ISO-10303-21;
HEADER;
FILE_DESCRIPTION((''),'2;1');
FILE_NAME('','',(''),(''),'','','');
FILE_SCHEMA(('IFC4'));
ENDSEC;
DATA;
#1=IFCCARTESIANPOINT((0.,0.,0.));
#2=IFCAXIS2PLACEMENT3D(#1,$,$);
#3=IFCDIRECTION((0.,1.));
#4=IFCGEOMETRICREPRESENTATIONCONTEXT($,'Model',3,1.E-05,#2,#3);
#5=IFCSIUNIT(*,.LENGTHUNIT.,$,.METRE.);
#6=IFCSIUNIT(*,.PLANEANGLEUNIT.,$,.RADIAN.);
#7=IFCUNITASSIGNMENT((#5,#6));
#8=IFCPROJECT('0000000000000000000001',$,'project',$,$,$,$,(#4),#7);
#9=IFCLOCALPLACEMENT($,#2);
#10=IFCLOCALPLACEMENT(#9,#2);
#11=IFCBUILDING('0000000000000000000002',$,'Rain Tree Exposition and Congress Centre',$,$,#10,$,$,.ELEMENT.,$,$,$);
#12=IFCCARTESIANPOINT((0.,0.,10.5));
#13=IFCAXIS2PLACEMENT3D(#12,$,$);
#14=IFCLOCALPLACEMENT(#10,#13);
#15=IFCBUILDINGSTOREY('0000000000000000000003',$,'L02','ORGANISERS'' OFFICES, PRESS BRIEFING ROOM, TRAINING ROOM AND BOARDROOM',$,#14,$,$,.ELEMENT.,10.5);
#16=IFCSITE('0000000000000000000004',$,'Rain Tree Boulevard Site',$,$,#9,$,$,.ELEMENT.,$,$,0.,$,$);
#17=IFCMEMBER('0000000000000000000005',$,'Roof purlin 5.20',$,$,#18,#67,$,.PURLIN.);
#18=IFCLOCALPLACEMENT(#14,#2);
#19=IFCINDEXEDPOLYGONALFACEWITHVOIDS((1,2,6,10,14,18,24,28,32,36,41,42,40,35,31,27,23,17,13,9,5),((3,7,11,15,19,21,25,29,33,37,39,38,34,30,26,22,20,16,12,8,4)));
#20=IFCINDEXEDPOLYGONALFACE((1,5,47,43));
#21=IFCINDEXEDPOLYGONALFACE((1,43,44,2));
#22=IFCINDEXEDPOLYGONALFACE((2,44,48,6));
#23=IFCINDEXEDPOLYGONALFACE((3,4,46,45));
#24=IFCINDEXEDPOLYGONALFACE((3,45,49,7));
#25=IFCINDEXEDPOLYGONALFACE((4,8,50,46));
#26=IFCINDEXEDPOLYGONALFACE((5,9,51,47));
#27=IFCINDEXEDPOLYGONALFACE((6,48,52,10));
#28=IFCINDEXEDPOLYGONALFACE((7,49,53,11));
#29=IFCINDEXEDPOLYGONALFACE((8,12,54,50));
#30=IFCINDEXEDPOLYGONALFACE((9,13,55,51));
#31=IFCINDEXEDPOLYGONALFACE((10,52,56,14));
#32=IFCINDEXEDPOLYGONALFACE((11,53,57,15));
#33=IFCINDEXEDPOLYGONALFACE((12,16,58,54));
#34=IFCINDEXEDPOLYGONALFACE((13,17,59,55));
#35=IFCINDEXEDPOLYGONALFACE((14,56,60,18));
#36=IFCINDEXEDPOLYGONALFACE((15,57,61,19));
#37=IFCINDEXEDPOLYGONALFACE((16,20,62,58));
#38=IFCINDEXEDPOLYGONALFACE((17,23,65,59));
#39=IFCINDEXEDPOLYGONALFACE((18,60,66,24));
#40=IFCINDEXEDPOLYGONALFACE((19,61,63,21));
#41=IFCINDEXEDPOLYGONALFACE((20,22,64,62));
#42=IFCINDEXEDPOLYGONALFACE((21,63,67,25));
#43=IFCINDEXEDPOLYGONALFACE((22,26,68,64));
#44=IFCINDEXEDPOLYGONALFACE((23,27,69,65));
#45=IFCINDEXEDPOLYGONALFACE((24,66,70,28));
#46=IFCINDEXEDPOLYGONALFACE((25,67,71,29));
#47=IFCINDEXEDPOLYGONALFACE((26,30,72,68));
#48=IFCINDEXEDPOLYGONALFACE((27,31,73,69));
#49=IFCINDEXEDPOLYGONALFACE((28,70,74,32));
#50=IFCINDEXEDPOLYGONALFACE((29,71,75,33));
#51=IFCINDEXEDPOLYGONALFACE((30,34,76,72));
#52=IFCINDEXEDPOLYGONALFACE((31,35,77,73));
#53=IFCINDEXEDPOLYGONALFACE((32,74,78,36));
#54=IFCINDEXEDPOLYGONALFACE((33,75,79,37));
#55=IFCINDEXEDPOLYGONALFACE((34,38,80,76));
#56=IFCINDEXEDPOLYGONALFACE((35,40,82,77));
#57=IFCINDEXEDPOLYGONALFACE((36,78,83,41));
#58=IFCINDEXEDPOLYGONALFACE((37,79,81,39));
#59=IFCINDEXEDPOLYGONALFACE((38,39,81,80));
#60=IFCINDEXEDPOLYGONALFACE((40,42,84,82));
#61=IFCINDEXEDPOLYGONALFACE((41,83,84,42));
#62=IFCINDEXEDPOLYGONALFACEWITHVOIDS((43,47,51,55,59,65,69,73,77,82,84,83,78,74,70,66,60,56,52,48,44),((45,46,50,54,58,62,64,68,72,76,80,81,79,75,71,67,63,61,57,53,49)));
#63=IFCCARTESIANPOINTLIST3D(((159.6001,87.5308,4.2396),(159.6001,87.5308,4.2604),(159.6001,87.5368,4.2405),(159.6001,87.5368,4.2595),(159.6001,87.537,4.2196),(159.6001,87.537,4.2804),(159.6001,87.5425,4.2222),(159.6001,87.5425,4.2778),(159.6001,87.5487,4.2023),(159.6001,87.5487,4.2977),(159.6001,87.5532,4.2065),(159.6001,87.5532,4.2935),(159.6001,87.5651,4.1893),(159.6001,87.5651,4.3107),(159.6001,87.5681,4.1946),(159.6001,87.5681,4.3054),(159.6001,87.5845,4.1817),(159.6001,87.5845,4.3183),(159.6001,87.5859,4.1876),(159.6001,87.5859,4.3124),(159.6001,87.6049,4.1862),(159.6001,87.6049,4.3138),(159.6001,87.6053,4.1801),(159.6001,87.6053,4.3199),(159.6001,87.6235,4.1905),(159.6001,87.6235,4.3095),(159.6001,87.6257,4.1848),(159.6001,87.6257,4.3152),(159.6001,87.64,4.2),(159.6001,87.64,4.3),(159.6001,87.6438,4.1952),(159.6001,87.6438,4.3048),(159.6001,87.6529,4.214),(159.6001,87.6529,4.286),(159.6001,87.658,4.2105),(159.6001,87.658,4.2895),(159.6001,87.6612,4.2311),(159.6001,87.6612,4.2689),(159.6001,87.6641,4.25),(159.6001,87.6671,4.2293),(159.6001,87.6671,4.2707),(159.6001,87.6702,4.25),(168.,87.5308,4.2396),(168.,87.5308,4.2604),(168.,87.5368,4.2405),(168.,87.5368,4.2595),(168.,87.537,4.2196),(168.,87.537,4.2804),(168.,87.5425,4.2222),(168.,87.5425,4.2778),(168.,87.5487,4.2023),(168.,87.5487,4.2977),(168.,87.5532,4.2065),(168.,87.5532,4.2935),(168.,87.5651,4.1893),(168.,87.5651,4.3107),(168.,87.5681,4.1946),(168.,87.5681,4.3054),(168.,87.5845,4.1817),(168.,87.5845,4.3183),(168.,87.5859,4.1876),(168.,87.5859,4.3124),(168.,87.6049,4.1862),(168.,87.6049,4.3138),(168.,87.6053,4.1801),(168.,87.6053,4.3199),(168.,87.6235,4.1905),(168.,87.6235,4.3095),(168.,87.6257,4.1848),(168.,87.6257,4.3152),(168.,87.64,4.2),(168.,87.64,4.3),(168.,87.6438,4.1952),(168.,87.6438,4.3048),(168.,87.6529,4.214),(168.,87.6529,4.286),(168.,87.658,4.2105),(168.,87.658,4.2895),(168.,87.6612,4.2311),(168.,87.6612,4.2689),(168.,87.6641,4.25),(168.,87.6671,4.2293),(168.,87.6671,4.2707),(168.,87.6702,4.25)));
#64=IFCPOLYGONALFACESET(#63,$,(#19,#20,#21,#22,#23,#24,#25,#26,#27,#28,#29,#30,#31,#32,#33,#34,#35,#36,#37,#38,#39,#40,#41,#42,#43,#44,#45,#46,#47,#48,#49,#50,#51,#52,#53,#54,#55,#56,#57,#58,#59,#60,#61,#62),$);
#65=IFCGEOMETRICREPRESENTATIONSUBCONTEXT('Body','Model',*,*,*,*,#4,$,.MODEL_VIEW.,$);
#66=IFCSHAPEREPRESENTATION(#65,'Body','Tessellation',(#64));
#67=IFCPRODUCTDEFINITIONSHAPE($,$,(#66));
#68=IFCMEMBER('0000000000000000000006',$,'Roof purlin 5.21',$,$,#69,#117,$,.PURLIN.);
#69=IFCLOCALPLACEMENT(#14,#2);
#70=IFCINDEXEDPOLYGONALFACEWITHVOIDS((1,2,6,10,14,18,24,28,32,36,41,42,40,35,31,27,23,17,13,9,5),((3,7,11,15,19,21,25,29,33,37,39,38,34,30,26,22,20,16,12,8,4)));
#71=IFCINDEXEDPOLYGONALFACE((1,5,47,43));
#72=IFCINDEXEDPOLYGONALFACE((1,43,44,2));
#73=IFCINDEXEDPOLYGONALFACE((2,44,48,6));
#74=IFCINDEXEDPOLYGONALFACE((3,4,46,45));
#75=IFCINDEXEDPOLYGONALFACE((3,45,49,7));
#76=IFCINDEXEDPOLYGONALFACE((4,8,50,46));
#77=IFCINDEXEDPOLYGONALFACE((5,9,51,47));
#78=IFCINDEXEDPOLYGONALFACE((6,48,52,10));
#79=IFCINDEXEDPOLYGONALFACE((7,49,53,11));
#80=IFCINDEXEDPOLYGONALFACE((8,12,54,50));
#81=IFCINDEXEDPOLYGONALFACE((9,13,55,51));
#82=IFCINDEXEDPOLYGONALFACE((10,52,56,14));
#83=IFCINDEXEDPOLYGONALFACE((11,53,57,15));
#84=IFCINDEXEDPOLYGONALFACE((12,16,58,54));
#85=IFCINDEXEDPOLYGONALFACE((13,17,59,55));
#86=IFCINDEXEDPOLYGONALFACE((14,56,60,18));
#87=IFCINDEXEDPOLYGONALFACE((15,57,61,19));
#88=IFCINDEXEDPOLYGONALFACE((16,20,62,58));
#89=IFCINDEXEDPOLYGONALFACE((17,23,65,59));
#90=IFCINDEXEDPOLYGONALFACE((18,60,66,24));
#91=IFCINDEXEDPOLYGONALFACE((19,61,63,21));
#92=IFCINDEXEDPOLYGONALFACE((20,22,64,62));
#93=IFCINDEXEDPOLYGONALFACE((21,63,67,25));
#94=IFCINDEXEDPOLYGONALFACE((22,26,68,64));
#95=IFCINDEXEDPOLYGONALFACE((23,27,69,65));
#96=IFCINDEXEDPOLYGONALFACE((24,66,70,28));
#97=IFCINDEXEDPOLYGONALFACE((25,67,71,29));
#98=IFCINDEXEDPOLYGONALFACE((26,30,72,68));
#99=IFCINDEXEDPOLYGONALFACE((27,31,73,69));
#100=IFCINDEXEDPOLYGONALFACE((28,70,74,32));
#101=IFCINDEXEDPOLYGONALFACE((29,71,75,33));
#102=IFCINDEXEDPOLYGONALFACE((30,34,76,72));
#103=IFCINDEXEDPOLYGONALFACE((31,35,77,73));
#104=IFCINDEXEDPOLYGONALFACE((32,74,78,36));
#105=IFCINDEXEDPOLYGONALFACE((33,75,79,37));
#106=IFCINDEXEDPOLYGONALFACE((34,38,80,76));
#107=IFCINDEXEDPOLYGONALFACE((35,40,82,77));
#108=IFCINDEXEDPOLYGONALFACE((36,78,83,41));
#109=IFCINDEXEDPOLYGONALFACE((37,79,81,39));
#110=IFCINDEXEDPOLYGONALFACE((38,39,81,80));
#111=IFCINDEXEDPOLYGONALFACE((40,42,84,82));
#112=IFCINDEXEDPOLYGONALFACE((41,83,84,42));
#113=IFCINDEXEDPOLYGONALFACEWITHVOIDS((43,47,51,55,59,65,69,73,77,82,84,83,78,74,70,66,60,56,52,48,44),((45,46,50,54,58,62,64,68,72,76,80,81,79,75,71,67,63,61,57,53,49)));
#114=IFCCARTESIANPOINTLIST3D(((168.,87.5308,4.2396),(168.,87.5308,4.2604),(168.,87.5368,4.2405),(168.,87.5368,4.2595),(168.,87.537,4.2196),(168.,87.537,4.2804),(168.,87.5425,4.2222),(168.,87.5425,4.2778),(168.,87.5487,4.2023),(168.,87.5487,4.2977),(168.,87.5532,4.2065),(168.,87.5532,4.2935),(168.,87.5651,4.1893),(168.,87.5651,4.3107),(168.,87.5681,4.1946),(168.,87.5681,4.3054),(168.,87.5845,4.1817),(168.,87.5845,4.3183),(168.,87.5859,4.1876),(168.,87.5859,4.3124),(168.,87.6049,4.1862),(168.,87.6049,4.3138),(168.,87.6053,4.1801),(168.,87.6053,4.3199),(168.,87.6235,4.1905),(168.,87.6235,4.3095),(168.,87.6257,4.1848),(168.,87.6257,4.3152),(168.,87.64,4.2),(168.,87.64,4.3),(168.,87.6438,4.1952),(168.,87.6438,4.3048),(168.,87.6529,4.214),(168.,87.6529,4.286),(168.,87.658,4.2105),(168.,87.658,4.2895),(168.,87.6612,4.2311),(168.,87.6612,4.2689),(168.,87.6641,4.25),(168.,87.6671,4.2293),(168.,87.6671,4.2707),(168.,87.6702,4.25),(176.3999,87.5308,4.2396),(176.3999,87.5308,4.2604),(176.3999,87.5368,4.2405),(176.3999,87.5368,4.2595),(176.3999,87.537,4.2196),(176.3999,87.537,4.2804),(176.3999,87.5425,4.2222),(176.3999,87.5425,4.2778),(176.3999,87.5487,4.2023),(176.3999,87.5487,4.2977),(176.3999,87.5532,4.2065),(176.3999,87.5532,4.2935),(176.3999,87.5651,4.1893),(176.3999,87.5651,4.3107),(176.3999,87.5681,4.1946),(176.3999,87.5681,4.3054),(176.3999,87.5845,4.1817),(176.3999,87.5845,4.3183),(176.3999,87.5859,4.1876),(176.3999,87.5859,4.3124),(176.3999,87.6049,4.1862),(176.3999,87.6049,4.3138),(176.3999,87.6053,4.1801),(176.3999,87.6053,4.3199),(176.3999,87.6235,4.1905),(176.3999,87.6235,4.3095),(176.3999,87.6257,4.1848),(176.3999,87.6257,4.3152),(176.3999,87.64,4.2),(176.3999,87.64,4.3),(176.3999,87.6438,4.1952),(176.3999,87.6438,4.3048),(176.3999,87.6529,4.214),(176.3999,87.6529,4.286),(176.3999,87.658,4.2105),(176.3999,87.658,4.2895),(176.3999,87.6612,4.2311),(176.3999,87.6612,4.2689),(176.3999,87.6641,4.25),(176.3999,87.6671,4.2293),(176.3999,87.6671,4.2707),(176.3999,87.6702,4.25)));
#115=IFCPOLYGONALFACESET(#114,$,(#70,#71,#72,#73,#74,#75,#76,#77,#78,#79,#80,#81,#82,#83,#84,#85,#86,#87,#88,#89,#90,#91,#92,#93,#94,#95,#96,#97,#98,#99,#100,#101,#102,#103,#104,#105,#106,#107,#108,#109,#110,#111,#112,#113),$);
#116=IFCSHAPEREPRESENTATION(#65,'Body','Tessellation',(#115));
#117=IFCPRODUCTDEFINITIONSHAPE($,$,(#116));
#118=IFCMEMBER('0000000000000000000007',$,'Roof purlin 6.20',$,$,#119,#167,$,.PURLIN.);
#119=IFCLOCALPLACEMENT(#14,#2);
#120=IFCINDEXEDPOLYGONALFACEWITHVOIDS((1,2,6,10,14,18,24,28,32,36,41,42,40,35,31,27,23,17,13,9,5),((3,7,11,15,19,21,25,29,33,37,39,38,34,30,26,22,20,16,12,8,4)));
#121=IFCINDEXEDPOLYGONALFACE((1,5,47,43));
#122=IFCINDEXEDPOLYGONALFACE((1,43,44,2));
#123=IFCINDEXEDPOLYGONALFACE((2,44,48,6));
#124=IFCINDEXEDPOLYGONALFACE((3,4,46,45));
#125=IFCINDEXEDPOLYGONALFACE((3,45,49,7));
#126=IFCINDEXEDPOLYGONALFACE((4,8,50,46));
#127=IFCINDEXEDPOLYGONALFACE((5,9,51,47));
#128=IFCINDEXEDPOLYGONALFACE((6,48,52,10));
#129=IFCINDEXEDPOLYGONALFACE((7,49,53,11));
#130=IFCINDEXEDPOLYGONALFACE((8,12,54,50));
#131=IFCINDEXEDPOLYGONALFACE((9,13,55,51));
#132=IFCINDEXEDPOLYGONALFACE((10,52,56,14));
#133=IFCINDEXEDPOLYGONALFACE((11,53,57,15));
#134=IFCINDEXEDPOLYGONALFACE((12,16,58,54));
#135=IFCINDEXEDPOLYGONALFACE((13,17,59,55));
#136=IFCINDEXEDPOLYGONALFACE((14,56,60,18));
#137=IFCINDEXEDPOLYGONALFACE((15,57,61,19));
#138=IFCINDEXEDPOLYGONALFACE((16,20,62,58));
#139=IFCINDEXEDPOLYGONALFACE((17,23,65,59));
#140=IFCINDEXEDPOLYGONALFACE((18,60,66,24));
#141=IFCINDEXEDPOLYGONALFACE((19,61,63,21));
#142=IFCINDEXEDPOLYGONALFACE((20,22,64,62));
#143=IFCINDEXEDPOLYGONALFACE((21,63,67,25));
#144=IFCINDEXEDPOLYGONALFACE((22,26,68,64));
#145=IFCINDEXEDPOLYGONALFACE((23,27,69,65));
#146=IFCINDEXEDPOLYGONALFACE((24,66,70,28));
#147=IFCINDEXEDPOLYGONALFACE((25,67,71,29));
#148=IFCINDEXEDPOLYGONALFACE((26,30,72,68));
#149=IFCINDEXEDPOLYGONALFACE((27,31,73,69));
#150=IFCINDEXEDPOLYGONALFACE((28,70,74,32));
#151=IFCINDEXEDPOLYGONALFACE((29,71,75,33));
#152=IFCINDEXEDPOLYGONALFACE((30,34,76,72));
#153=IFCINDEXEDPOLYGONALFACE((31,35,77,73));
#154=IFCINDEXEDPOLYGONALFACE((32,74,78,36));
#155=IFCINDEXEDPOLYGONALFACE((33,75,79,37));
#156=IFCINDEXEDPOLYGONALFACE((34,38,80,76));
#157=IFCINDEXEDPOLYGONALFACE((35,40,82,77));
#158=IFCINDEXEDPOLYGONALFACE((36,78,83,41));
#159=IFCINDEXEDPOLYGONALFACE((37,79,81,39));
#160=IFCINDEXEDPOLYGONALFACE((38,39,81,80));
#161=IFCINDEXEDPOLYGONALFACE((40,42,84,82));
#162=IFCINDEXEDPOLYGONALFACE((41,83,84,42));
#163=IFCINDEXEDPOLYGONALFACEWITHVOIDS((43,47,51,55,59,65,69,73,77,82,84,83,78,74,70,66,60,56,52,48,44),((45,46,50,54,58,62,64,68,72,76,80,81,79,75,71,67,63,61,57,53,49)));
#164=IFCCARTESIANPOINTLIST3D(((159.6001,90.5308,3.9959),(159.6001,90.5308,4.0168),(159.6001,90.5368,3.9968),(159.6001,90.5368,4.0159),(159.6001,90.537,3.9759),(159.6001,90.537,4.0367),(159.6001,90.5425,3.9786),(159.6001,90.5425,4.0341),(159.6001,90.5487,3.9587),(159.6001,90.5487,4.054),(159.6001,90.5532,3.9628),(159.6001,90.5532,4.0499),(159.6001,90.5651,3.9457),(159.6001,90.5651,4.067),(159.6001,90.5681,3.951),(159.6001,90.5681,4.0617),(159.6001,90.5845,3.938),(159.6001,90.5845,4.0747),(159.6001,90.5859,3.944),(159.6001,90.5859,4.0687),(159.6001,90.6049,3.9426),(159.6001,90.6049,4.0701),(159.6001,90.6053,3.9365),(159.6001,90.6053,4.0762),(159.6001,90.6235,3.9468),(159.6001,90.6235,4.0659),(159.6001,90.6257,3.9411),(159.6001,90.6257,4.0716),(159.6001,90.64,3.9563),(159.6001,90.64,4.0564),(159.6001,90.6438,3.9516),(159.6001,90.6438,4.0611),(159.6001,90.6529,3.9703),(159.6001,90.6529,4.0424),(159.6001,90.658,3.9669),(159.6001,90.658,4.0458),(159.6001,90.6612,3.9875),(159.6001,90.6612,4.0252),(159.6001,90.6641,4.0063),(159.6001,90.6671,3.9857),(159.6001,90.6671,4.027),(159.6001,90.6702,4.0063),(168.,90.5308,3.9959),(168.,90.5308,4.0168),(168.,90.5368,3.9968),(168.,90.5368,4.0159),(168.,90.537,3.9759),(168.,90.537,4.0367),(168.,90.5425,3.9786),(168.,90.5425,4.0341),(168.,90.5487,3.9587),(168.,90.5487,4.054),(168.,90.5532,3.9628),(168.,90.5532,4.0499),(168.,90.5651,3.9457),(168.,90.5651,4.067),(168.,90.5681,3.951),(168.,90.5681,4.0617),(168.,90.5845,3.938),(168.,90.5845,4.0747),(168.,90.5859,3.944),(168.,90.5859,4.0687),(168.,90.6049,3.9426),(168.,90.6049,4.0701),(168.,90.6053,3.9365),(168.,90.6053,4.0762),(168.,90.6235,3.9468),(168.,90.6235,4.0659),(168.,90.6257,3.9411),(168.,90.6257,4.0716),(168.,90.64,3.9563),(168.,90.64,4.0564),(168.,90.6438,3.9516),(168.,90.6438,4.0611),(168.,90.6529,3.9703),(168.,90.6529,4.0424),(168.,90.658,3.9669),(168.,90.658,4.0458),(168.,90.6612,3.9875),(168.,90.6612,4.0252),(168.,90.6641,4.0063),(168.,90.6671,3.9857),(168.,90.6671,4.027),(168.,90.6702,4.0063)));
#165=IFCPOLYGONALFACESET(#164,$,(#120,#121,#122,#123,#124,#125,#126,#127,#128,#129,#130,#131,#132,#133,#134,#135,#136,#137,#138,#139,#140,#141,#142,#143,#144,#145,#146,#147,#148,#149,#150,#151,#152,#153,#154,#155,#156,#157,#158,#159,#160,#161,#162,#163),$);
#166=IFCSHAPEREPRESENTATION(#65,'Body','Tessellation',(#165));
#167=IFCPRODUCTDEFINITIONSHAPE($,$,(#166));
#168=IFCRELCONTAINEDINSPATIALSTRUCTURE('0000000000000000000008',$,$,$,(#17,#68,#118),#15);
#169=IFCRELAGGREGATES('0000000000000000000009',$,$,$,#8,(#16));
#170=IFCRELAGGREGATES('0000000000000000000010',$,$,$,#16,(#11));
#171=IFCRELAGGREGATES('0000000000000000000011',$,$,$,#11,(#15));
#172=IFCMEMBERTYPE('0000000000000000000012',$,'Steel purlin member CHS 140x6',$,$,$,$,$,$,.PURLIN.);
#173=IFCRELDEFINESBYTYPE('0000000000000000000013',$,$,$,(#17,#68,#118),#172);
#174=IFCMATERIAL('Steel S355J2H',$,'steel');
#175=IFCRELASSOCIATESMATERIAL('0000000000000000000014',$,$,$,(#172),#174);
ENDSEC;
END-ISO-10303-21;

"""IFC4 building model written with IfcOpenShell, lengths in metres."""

from ifc_helpers import new_model, si_unit, direction, frame, origin, origin_2d, place, context, subcontext, project, spatial, hollow_circle, extrude, material, material_profile, profile_set, type_object, element, save


model = new_model("IFC4")

# Units and contexts
model_context = context("Model", 3, precision=1e-05, world=origin(), true_north=direction((0.0, 1.0)))
body_context = subcontext(model_context, "Body", "Model", "MODEL_VIEW")
ifc_project = project(units=[si_unit("LENGTHUNIT", "METRE"), si_unit("PLANEANGLEUNIT", "RADIAN")], contexts=[model_context])

# Site, building, storey
site_placement = place(None, origin())
site = spatial("IfcSite", under=ifc_project, at=site_placement, Name="Rain Tree Boulevard Site", CompositionType="ELEMENT", RefElevation=0.0)
building_placement = place(site_placement, origin())
building = spatial("IfcBuilding", under=site, at=building_placement, Name="Rain Tree Exposition and Congress Centre", CompositionType="ELEMENT")
storey_placement = place(building_placement, frame((0.0, 0.0, 10.5)))
storey = spatial("IfcBuildingStorey", under=building, at=storey_placement, Name="L02", Description="ORGANISERS' OFFICES, PRESS BRIEFING ROOM, TRAINING ROOM AND BOARDROOM", CompositionType="ELEMENT", Elevation=10.5)

# Members
ifc_material_1 = material(Name="Steel S355J2H", Category="steel")
ifc_material_profile_1 = material_profile(ifc_material_1, hollow_circle(Radius=0.0701, WallThickness=0.0061, at=origin_2d()), Name="CHS 140x6")
ifc_profile_set_1 = profile_set([ifc_material_profile_1], Name="Steel S355J2H")
member_type_1 = type_object("IfcMemberType", Name="Steel purlin member CHS 140x6", PredefinedType="PURLIN", material=ifc_profile_set_1)
for number, where, z_axis, x_axis, name in (
    (1, (159.6001, 87.6001, 4.25), (1.0, 0.0, 0.0), (0.0, 1.0, 0.0), "Roof purlin 5.20"),
    (2, (168.0, 87.6001, 4.25), (1.0, 0.0, 0.0), (0.0, 1.0, 0.0), "Roof purlin 5.21"),
    (3, (159.6001, 90.6001, 4.0063), (1.0, 0.0, 0.0), (0.0, 1.0, 0.0), "Roof purlin 6.20"),
):
    element("IfcMember", number, at=place(storey_placement, frame(where, z_axis=z_axis, x_axis=x_axis)), inside=storey, type_object=member_type_1, Name=name, PredefinedType="PURLIN", context=body_context, shape_type="SweptSolid", body=[
        extrude(hollow_circle(Radius=0.0701, WallThickness=0.0061, at=origin_2d()), origin(), (0.0, 0.0, 1.0), 8.3999),
    ])

save(model, "model.ifc")
